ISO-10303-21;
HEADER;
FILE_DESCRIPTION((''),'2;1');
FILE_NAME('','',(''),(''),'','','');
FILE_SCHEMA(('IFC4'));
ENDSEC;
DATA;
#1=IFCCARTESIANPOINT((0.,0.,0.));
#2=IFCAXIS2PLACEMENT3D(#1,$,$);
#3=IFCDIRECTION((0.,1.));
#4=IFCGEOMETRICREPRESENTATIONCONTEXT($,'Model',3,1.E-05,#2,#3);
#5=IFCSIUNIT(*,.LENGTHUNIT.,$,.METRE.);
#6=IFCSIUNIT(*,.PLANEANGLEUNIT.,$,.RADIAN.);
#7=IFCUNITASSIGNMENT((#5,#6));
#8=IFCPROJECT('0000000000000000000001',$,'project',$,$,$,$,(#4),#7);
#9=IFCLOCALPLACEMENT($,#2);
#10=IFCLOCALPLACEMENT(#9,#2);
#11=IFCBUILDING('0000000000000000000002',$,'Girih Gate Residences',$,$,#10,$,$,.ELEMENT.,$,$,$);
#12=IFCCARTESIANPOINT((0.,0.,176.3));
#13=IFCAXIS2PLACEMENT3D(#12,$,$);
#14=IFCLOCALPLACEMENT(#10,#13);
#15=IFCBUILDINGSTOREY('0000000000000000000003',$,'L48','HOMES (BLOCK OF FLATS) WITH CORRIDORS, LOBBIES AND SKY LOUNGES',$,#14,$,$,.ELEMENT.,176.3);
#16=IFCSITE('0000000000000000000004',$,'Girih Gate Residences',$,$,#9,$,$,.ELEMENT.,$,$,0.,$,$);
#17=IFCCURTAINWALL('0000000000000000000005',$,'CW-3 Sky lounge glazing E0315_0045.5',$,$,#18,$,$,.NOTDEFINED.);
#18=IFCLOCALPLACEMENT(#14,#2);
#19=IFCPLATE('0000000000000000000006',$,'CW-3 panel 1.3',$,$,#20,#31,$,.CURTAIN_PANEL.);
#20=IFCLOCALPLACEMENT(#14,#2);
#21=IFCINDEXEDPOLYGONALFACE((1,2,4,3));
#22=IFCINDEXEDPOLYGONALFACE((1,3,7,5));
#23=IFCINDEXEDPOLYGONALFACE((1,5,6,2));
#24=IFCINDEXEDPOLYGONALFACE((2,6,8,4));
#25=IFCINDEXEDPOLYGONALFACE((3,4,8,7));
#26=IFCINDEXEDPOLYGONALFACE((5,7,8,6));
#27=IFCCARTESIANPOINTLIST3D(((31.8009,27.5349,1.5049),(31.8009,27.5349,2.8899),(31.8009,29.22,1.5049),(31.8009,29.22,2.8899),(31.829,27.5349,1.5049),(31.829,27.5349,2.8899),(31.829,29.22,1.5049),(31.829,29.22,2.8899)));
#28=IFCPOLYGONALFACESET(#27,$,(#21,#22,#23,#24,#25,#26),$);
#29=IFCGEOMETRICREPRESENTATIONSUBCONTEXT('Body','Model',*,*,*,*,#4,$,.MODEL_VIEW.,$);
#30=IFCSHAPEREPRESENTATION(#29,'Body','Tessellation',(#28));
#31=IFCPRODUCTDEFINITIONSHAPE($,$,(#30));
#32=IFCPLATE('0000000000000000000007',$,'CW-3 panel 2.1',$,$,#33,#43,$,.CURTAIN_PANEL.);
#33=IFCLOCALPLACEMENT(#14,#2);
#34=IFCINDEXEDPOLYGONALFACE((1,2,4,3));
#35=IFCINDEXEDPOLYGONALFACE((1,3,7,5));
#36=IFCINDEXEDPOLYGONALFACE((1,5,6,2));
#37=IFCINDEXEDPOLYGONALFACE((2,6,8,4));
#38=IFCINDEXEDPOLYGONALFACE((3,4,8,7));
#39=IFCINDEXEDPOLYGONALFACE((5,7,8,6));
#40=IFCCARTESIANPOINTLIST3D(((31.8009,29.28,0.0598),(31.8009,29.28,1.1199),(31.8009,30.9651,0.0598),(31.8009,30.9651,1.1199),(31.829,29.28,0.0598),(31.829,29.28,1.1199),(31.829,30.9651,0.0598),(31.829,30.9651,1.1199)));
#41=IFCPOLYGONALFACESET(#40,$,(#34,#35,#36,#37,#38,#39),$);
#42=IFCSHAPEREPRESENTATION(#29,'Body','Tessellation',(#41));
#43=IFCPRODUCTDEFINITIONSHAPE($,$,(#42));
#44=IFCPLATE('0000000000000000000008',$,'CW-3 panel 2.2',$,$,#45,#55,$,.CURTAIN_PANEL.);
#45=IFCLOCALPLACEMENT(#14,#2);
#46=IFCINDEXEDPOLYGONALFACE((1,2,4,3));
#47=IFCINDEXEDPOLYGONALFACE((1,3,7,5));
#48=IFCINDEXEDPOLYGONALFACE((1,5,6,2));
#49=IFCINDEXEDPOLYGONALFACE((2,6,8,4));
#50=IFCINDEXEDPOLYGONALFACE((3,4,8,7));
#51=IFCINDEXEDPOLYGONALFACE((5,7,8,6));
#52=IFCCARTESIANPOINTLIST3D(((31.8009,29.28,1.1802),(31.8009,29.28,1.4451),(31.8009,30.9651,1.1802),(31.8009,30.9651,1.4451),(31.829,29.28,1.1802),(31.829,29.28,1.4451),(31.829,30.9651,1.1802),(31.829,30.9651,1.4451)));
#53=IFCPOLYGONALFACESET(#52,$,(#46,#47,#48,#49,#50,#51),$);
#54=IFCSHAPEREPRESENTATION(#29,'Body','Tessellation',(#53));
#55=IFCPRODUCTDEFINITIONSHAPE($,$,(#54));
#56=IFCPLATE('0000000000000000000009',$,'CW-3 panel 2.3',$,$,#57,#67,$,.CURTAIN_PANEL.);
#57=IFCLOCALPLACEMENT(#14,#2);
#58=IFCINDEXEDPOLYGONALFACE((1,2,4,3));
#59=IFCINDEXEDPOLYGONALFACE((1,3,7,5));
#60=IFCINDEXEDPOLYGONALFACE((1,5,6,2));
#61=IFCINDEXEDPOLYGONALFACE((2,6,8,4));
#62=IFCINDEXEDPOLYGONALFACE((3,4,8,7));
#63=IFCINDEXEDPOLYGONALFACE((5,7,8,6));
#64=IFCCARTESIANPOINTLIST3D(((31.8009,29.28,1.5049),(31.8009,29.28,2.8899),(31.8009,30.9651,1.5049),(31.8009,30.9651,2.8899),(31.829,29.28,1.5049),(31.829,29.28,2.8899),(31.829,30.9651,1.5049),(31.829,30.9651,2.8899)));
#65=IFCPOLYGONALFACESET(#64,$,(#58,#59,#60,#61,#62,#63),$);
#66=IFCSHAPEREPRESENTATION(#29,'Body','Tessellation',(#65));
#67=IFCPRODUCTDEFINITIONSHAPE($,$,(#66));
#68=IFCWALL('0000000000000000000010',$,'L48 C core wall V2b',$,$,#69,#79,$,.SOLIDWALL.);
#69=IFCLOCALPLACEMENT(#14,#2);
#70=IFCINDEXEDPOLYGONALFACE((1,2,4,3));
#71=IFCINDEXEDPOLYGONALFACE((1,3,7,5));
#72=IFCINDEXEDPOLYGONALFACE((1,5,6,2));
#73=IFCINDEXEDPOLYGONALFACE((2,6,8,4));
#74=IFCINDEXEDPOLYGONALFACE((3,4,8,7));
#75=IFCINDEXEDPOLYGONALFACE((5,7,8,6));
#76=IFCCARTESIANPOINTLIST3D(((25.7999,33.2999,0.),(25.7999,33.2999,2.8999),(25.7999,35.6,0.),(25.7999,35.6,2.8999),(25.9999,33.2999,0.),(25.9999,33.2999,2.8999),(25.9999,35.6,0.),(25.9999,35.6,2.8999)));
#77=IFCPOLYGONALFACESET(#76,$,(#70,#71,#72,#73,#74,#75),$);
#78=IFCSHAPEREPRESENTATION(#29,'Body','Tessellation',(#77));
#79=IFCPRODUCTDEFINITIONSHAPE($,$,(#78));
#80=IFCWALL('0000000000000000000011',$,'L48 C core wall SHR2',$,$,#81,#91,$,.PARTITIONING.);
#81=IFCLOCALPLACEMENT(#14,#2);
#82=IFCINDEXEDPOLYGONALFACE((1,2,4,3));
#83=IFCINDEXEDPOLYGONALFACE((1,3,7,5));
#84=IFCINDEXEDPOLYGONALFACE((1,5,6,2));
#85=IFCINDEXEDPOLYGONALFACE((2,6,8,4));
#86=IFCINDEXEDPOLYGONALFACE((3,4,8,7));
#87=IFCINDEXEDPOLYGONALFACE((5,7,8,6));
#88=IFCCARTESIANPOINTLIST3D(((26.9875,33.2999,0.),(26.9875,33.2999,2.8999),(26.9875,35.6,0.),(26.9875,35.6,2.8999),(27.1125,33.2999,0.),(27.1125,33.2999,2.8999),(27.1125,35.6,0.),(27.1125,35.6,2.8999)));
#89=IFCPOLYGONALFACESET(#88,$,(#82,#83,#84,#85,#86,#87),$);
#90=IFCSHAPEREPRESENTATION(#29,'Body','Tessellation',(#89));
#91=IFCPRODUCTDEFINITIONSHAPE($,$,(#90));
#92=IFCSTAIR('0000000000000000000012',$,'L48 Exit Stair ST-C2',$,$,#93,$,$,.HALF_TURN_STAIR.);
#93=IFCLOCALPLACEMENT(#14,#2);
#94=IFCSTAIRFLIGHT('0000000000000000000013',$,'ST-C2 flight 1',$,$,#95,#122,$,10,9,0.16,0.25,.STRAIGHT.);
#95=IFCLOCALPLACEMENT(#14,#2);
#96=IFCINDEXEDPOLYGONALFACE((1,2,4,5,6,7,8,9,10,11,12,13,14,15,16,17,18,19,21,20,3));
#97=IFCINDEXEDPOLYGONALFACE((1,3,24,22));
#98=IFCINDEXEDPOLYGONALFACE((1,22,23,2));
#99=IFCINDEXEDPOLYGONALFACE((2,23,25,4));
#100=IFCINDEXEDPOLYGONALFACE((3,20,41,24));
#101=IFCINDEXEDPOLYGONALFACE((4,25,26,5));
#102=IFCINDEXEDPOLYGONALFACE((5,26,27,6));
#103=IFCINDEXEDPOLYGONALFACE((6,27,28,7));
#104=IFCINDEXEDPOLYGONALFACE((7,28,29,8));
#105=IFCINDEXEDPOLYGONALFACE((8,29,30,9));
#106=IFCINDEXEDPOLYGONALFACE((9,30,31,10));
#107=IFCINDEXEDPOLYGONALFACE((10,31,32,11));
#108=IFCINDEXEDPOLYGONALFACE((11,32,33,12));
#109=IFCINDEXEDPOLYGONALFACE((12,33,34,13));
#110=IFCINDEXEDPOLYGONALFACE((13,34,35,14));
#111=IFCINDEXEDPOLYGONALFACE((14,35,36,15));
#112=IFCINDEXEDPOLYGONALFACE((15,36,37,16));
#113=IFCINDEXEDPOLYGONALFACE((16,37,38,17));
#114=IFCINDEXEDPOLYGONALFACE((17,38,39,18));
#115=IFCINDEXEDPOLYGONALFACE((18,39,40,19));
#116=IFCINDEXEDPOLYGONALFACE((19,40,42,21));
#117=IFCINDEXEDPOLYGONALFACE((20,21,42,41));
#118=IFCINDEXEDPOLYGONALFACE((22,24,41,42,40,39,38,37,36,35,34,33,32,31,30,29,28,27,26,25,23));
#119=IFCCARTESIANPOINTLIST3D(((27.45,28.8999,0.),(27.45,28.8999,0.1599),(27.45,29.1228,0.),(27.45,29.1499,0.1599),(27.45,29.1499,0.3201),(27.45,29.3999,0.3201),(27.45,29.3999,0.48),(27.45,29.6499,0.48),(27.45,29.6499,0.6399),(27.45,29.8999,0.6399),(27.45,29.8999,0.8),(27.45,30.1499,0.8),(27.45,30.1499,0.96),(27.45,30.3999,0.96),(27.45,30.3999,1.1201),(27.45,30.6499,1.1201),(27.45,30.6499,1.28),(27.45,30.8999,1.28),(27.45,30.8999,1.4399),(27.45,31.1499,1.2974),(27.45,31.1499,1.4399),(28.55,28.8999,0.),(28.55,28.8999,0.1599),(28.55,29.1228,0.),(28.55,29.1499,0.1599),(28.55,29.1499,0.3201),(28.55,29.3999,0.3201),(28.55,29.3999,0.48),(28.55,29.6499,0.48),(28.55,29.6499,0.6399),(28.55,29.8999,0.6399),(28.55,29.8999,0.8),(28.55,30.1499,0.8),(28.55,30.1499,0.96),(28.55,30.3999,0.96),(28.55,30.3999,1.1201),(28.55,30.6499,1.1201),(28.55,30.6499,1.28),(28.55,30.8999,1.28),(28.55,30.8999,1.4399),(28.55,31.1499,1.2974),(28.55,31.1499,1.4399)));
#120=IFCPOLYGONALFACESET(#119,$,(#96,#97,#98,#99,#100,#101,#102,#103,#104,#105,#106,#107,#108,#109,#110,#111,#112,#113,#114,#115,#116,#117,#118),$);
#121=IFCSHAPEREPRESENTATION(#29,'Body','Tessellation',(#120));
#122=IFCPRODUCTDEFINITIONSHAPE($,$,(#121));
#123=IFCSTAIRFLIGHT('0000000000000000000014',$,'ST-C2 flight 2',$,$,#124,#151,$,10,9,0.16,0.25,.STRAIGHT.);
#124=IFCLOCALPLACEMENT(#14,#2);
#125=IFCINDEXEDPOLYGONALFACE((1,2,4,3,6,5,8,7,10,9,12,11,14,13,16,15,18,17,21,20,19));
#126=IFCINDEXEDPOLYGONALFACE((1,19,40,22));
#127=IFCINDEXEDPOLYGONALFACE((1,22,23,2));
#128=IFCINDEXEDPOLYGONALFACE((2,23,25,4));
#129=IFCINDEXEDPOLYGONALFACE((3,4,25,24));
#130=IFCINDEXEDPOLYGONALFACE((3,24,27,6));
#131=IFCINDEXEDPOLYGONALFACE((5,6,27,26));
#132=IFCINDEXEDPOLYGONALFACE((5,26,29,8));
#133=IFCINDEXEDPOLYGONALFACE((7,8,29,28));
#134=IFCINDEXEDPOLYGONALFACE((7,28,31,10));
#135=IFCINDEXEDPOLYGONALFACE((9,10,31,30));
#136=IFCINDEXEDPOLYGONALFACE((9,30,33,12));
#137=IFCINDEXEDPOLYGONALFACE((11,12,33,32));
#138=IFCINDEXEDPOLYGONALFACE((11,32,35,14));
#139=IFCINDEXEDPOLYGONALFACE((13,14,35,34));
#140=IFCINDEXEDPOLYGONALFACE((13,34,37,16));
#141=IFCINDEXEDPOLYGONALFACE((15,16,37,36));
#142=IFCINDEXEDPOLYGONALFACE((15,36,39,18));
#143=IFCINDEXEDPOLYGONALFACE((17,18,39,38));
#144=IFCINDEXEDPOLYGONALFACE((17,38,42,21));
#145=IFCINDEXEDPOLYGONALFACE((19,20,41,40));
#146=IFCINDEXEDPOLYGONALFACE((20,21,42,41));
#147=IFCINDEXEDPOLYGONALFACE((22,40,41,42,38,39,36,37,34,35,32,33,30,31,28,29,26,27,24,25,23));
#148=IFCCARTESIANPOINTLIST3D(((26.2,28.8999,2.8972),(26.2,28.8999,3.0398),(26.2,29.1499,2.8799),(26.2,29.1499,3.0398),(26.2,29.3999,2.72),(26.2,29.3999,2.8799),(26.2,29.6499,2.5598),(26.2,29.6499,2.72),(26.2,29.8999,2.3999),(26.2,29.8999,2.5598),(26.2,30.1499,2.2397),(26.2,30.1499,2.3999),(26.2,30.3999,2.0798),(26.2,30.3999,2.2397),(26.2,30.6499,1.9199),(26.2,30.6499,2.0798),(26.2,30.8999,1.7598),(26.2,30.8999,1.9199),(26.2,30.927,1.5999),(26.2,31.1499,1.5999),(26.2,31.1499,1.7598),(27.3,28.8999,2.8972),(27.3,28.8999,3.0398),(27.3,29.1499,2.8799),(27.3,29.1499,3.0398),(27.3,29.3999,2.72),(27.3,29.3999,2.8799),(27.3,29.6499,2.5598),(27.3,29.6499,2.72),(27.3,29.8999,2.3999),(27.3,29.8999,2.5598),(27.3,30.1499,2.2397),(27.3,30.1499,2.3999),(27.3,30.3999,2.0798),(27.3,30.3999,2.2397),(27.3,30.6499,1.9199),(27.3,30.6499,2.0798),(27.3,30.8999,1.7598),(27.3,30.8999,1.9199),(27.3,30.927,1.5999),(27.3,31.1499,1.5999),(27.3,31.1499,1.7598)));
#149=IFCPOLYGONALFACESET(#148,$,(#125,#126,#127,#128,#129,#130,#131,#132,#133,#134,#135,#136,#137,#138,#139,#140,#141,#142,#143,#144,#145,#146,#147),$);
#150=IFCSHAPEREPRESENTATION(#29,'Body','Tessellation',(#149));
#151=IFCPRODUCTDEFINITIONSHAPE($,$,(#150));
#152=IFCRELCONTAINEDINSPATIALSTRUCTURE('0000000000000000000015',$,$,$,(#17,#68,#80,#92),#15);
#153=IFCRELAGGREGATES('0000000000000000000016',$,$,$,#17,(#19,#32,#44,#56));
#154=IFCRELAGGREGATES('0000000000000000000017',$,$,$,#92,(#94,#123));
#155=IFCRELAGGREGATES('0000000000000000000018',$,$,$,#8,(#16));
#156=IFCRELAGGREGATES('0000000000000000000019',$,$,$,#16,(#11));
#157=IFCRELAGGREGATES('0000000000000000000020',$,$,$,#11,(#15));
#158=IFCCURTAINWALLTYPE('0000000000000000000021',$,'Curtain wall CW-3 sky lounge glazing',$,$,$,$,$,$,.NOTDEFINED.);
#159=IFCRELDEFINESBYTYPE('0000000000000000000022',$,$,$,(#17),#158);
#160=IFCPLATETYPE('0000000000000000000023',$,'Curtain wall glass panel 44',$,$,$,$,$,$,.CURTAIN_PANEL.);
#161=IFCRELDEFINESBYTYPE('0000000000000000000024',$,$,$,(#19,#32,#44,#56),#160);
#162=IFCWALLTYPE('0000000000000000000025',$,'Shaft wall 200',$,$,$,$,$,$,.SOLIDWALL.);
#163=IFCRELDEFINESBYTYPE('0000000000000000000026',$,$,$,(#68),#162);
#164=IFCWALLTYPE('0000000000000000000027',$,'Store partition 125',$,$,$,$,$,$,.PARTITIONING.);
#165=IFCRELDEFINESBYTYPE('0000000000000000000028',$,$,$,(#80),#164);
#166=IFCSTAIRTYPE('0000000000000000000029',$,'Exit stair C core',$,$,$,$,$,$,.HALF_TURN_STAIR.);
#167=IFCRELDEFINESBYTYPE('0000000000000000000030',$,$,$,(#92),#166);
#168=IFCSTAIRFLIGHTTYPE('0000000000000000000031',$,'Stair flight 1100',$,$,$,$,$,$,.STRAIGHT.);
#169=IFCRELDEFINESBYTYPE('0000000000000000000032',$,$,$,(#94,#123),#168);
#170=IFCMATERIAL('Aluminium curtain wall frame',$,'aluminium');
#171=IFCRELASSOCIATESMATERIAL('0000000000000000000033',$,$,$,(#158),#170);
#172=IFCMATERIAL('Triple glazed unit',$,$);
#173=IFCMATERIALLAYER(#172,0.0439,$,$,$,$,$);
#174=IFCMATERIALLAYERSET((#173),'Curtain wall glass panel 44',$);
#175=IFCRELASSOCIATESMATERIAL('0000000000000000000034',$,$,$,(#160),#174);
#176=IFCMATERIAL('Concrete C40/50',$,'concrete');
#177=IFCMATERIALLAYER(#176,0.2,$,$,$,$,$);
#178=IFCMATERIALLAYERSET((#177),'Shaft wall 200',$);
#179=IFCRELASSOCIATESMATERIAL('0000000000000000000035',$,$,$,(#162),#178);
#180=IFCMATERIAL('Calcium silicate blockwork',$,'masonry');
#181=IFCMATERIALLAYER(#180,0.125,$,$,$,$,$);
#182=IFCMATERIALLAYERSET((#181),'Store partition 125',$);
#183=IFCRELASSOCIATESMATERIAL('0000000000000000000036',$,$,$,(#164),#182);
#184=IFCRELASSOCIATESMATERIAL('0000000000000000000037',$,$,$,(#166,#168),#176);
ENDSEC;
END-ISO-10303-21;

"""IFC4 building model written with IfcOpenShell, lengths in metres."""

from ifc_helpers import new_model, si_unit, direction, frame, frame_2d, origin, origin_2d, place, context, subcontext, project, spatial, polyline, rectangle, outline, extrude, material, layer, layer_set, type_object, element, aggregate, save


model = new_model("IFC4")

# Units and contexts
model_context = context("Model", 3, precision=1e-05, world=origin(), true_north=direction((0.0, 1.0)))
body_context = subcontext(model_context, "Body", "Model", "MODEL_VIEW")
ifc_project = project(units=[si_unit("LENGTHUNIT", "METRE"), si_unit("PLANEANGLEUNIT", "RADIAN")], contexts=[model_context])

# Site, building, storey
site_placement = place(None, origin())
site = spatial("IfcSite", under=ifc_project, at=site_placement, Name="Girih Gate Residences", CompositionType="ELEMENT", RefElevation=0.0)
building_placement = place(site_placement, origin())
building = spatial("IfcBuilding", under=site, at=building_placement, Name="Girih Gate Residences", CompositionType="ELEMENT")
storey_placement = place(building_placement, frame((0.0, 0.0, 176.3)))
storey = spatial("IfcBuildingStorey", under=building, at=storey_placement, Name="L48", Description="HOMES (BLOCK OF FLATS) WITH CORRIDORS, LOBBIES AND SKY LOUNGES", CompositionType="ELEMENT", Elevation=176.3)

# Curtain wall
ifc_material_1 = material(Name="Aluminium curtain wall frame", Category="aluminium")
curtain_wall_type = type_object("IfcCurtainWallType", Name="Curtain wall CW-3 sky lounge glazing", PredefinedType="NOTDEFINED", material=ifc_material_1)
curtain_wall_1_placement = place(storey_placement, origin())
curtain_wall_1 = element("IfcCurtainWall", 1, at=curtain_wall_1_placement, inside=storey, type_object=curtain_wall_type, Name="CW-3 Sky lounge glazing E0315_0045.5", PredefinedType="NOTDEFINED")

# Plates
ifc_material_2 = material(Name="Triple glazed unit")
ifc_layer_1 = layer(ifc_material_2, 0.0439)
ifc_layer_set_1 = layer_set([ifc_layer_1], Name="Curtain wall glass panel 44")
plate_type = type_object("IfcPlateType", Name="Curtain wall glass panel 44", PredefinedType="CURTAIN_PANEL", material=ifc_layer_set_1)
plate_1_placement = place(storey_placement, frame((31.8149, 28.3774, 1.5049), z_axis=(0.0, 0.0, 1.0), x_axis=(0.0, 1.0, 0.0)))
plate_1 = element("IfcPlate", 2, at=plate_1_placement, type_object=plate_type, Name="CW-3 panel 1.3", PredefinedType="CURTAIN_PANEL", context=body_context, shape_type="SweptSolid", body=[
    extrude(rectangle(XDim=1.6851, YDim=0.0281, at=origin_2d()), origin(), (0.0, 0.0, 1.0), 1.385),
])
plate_2_placement = place(storey_placement, frame((31.8149, 30.1226, 0.0598), z_axis=(0.0, 0.0, 1.0), x_axis=(0.0, 1.0, 0.0)))
plate_2 = element("IfcPlate", 3, at=plate_2_placement, type_object=plate_type, Name="CW-3 panel 2.1", PredefinedType="CURTAIN_PANEL", context=body_context, shape_type="SweptSolid", body=[
    extrude(rectangle(XDim=1.6851, YDim=0.0281, at=origin_2d()), origin(), (0.0, 0.0, 1.0), 1.0601),
])
plate_3_placement = place(storey_placement, frame((31.8149, 30.1226, 1.1802), z_axis=(0.0, 0.0, 1.0), x_axis=(0.0, 1.0, 0.0)))
plate_3 = element("IfcPlate", 4, at=plate_3_placement, type_object=plate_type, Name="CW-3 panel 2.2", PredefinedType="CURTAIN_PANEL", context=body_context, shape_type="SweptSolid", body=[
    extrude(rectangle(XDim=1.6851, YDim=0.0281, at=origin_2d()), origin(), (0.0, 0.0, 1.0), 0.2649),
])
plate_4_placement = place(storey_placement, frame((31.8149, 30.1226, 1.5049), z_axis=(0.0, 0.0, 1.0), x_axis=(0.0, 1.0, 0.0)))
plate_4 = element("IfcPlate", 5, at=plate_4_placement, type_object=plate_type, Name="CW-3 panel 2.3", PredefinedType="CURTAIN_PANEL", context=body_context, shape_type="SweptSolid", body=[
    extrude(rectangle(XDim=1.6851, YDim=0.0281, at=origin_2d()), origin(), (0.0, 0.0, 1.0), 1.385),
])
aggregate(curtain_wall_1, [plate_1, plate_2, plate_3, plate_4])

# Walls
ifc_material_3 = material(Name="Concrete C40/50", Category="concrete")
ifc_layer_2 = layer(ifc_material_3, 0.2)
ifc_layer_set_2 = layer_set([ifc_layer_2], Name="Shaft wall 200")
wall_type_1 = type_object("IfcWallType", Name="Shaft wall 200", PredefinedType="SOLIDWALL", material=ifc_layer_set_2)
wall_1_placement = place(storey_placement, frame((25.8999, 33.3, 0.0), z_axis=(0.0, 0.0, 1.0), x_axis=(0.0, 1.0, 0.0)))
element("IfcWall", 6, at=wall_1_placement, inside=storey, type_object=wall_type_1, Name="L48 C core wall V2b", PredefinedType="SOLIDWALL", context=body_context, shape_type="SweptSolid", body=[
    extrude(rectangle(XDim=2.3, YDim=0.2, at=frame_2d((1.1499, 0.0))), origin(), (0.0, 0.0, 1.0), 2.8999),
])
ifc_material_4 = material(Name="Calcium silicate blockwork", Category="masonry")
ifc_layer_3 = layer(ifc_material_4, 0.125)
ifc_layer_set_3 = layer_set([ifc_layer_3], Name="Store partition 125")
wall_type_2 = type_object("IfcWallType", Name="Store partition 125", PredefinedType="PARTITIONING", material=ifc_layer_set_3)
wall_2_placement = place(storey_placement, frame((27.05, 33.3, 0.0), z_axis=(0.0, 0.0, 1.0), x_axis=(0.0, 1.0, 0.0)))
element("IfcWall", 7, at=wall_2_placement, inside=storey, type_object=wall_type_2, Name="L48 C core wall SHR2", PredefinedType="PARTITIONING", context=body_context, shape_type="SweptSolid", body=[
    extrude(rectangle(XDim=2.3, YDim=0.125, at=frame_2d((1.1499, 0.0))), origin(), (0.0, 0.0, 1.0), 2.8999),
])

# Stair, stair flights
stair_type = type_object("IfcStairType", Name="Exit stair C core", PredefinedType="HALF_TURN_STAIR", material=ifc_material_3)
stair_placement = place(storey_placement, origin())
stair = element("IfcStair", 8, at=stair_placement, inside=storey, type_object=stair_type, Name="L48 Exit Stair ST-C2", PredefinedType="HALF_TURN_STAIR")
stair_flight_type = type_object("IfcStairFlightType", Name="Stair flight 1100", PredefinedType="STRAIGHT", material=ifc_material_3)
stair_flight_1_placement = place(storey_placement, frame((28.0, 28.8999, 0.0), z_axis=(0.0, 0.0, 1.0), x_axis=(0.0, 1.0, 0.0)))
stair_flight_1 = element("IfcStairFlight", 9, at=stair_flight_1_placement, type_object=stair_flight_type, Name="ST-C2 flight 1", NumberOfRisers=10, NumberOfTreads=9, PredefinedType="STRAIGHT", RiserHeight=0.16, TreadLength=0.25, context=body_context, shape_type="SweptSolid", body=[
    extrude(outline(polyline([(0.0, 0.0), (0.0, 0.1599), (0.25, 0.1599), (0.25, 0.3201), (0.5, 0.3201), (0.5, 0.48), (0.75, 0.48), (0.75, 0.6399), (1.0, 0.6399), (1.0, 0.8), (1.25, 0.8), (1.25, 0.96), (1.5, 0.96), (1.5, 1.1201), (1.75, 1.1201), (1.75, 1.28), (2.0, 1.28), (2.0, 1.4399), (2.25, 1.4399), (2.25, 1.6001), (2.25, 1.2974), (0.2229, 0.0), (0.0, 0.0)])), frame((0.0, 0.55, 0.0), z_axis=(0.0, -1.0, 0.0), x_axis=(1.0, 0.0, 0.0)), (0.0, 0.0, 1.0), 1.1001),
])
stair_flight_2_placement = place(storey_placement, frame((26.75, 31.1499, 1.5999), z_axis=(0.0, 0.0, 1.0), x_axis=(0.0, -1.0, 0.0)))
stair_flight_2 = element("IfcStairFlight", 10, at=stair_flight_2_placement, type_object=stair_flight_type, Name="ST-C2 flight 2", NumberOfRisers=10, NumberOfTreads=9, PredefinedType="STRAIGHT", RiserHeight=0.16, TreadLength=0.25, context=body_context, shape_type="SweptSolid", body=[
    extrude(outline(polyline([(0.0, 0.0), (0.0, 0.1599), (0.25, 0.1599), (0.25, 0.3201), (0.5, 0.3201), (0.5, 0.48), (0.75, 0.48), (0.75, 0.6399), (1.0, 0.6399), (1.0, 0.8), (1.25, 0.8), (1.25, 0.96), (1.5, 0.96), (1.5, 1.1201), (1.75, 1.1201), (1.75, 1.28), (2.0, 1.28), (2.0, 1.4399), (2.25, 1.4399), (2.25, 1.6001), (2.25, 1.2974), (0.2229, 0.0), (0.0, 0.0)])), frame((0.0, 0.55, 0.0), z_axis=(0.0, -1.0, 0.0), x_axis=(1.0, 0.0, 0.0)), (0.0, 0.0, 1.0), 1.1001),
])
aggregate(stair, [stair_flight_1, stair_flight_2])

save(model, "model.ifc")
